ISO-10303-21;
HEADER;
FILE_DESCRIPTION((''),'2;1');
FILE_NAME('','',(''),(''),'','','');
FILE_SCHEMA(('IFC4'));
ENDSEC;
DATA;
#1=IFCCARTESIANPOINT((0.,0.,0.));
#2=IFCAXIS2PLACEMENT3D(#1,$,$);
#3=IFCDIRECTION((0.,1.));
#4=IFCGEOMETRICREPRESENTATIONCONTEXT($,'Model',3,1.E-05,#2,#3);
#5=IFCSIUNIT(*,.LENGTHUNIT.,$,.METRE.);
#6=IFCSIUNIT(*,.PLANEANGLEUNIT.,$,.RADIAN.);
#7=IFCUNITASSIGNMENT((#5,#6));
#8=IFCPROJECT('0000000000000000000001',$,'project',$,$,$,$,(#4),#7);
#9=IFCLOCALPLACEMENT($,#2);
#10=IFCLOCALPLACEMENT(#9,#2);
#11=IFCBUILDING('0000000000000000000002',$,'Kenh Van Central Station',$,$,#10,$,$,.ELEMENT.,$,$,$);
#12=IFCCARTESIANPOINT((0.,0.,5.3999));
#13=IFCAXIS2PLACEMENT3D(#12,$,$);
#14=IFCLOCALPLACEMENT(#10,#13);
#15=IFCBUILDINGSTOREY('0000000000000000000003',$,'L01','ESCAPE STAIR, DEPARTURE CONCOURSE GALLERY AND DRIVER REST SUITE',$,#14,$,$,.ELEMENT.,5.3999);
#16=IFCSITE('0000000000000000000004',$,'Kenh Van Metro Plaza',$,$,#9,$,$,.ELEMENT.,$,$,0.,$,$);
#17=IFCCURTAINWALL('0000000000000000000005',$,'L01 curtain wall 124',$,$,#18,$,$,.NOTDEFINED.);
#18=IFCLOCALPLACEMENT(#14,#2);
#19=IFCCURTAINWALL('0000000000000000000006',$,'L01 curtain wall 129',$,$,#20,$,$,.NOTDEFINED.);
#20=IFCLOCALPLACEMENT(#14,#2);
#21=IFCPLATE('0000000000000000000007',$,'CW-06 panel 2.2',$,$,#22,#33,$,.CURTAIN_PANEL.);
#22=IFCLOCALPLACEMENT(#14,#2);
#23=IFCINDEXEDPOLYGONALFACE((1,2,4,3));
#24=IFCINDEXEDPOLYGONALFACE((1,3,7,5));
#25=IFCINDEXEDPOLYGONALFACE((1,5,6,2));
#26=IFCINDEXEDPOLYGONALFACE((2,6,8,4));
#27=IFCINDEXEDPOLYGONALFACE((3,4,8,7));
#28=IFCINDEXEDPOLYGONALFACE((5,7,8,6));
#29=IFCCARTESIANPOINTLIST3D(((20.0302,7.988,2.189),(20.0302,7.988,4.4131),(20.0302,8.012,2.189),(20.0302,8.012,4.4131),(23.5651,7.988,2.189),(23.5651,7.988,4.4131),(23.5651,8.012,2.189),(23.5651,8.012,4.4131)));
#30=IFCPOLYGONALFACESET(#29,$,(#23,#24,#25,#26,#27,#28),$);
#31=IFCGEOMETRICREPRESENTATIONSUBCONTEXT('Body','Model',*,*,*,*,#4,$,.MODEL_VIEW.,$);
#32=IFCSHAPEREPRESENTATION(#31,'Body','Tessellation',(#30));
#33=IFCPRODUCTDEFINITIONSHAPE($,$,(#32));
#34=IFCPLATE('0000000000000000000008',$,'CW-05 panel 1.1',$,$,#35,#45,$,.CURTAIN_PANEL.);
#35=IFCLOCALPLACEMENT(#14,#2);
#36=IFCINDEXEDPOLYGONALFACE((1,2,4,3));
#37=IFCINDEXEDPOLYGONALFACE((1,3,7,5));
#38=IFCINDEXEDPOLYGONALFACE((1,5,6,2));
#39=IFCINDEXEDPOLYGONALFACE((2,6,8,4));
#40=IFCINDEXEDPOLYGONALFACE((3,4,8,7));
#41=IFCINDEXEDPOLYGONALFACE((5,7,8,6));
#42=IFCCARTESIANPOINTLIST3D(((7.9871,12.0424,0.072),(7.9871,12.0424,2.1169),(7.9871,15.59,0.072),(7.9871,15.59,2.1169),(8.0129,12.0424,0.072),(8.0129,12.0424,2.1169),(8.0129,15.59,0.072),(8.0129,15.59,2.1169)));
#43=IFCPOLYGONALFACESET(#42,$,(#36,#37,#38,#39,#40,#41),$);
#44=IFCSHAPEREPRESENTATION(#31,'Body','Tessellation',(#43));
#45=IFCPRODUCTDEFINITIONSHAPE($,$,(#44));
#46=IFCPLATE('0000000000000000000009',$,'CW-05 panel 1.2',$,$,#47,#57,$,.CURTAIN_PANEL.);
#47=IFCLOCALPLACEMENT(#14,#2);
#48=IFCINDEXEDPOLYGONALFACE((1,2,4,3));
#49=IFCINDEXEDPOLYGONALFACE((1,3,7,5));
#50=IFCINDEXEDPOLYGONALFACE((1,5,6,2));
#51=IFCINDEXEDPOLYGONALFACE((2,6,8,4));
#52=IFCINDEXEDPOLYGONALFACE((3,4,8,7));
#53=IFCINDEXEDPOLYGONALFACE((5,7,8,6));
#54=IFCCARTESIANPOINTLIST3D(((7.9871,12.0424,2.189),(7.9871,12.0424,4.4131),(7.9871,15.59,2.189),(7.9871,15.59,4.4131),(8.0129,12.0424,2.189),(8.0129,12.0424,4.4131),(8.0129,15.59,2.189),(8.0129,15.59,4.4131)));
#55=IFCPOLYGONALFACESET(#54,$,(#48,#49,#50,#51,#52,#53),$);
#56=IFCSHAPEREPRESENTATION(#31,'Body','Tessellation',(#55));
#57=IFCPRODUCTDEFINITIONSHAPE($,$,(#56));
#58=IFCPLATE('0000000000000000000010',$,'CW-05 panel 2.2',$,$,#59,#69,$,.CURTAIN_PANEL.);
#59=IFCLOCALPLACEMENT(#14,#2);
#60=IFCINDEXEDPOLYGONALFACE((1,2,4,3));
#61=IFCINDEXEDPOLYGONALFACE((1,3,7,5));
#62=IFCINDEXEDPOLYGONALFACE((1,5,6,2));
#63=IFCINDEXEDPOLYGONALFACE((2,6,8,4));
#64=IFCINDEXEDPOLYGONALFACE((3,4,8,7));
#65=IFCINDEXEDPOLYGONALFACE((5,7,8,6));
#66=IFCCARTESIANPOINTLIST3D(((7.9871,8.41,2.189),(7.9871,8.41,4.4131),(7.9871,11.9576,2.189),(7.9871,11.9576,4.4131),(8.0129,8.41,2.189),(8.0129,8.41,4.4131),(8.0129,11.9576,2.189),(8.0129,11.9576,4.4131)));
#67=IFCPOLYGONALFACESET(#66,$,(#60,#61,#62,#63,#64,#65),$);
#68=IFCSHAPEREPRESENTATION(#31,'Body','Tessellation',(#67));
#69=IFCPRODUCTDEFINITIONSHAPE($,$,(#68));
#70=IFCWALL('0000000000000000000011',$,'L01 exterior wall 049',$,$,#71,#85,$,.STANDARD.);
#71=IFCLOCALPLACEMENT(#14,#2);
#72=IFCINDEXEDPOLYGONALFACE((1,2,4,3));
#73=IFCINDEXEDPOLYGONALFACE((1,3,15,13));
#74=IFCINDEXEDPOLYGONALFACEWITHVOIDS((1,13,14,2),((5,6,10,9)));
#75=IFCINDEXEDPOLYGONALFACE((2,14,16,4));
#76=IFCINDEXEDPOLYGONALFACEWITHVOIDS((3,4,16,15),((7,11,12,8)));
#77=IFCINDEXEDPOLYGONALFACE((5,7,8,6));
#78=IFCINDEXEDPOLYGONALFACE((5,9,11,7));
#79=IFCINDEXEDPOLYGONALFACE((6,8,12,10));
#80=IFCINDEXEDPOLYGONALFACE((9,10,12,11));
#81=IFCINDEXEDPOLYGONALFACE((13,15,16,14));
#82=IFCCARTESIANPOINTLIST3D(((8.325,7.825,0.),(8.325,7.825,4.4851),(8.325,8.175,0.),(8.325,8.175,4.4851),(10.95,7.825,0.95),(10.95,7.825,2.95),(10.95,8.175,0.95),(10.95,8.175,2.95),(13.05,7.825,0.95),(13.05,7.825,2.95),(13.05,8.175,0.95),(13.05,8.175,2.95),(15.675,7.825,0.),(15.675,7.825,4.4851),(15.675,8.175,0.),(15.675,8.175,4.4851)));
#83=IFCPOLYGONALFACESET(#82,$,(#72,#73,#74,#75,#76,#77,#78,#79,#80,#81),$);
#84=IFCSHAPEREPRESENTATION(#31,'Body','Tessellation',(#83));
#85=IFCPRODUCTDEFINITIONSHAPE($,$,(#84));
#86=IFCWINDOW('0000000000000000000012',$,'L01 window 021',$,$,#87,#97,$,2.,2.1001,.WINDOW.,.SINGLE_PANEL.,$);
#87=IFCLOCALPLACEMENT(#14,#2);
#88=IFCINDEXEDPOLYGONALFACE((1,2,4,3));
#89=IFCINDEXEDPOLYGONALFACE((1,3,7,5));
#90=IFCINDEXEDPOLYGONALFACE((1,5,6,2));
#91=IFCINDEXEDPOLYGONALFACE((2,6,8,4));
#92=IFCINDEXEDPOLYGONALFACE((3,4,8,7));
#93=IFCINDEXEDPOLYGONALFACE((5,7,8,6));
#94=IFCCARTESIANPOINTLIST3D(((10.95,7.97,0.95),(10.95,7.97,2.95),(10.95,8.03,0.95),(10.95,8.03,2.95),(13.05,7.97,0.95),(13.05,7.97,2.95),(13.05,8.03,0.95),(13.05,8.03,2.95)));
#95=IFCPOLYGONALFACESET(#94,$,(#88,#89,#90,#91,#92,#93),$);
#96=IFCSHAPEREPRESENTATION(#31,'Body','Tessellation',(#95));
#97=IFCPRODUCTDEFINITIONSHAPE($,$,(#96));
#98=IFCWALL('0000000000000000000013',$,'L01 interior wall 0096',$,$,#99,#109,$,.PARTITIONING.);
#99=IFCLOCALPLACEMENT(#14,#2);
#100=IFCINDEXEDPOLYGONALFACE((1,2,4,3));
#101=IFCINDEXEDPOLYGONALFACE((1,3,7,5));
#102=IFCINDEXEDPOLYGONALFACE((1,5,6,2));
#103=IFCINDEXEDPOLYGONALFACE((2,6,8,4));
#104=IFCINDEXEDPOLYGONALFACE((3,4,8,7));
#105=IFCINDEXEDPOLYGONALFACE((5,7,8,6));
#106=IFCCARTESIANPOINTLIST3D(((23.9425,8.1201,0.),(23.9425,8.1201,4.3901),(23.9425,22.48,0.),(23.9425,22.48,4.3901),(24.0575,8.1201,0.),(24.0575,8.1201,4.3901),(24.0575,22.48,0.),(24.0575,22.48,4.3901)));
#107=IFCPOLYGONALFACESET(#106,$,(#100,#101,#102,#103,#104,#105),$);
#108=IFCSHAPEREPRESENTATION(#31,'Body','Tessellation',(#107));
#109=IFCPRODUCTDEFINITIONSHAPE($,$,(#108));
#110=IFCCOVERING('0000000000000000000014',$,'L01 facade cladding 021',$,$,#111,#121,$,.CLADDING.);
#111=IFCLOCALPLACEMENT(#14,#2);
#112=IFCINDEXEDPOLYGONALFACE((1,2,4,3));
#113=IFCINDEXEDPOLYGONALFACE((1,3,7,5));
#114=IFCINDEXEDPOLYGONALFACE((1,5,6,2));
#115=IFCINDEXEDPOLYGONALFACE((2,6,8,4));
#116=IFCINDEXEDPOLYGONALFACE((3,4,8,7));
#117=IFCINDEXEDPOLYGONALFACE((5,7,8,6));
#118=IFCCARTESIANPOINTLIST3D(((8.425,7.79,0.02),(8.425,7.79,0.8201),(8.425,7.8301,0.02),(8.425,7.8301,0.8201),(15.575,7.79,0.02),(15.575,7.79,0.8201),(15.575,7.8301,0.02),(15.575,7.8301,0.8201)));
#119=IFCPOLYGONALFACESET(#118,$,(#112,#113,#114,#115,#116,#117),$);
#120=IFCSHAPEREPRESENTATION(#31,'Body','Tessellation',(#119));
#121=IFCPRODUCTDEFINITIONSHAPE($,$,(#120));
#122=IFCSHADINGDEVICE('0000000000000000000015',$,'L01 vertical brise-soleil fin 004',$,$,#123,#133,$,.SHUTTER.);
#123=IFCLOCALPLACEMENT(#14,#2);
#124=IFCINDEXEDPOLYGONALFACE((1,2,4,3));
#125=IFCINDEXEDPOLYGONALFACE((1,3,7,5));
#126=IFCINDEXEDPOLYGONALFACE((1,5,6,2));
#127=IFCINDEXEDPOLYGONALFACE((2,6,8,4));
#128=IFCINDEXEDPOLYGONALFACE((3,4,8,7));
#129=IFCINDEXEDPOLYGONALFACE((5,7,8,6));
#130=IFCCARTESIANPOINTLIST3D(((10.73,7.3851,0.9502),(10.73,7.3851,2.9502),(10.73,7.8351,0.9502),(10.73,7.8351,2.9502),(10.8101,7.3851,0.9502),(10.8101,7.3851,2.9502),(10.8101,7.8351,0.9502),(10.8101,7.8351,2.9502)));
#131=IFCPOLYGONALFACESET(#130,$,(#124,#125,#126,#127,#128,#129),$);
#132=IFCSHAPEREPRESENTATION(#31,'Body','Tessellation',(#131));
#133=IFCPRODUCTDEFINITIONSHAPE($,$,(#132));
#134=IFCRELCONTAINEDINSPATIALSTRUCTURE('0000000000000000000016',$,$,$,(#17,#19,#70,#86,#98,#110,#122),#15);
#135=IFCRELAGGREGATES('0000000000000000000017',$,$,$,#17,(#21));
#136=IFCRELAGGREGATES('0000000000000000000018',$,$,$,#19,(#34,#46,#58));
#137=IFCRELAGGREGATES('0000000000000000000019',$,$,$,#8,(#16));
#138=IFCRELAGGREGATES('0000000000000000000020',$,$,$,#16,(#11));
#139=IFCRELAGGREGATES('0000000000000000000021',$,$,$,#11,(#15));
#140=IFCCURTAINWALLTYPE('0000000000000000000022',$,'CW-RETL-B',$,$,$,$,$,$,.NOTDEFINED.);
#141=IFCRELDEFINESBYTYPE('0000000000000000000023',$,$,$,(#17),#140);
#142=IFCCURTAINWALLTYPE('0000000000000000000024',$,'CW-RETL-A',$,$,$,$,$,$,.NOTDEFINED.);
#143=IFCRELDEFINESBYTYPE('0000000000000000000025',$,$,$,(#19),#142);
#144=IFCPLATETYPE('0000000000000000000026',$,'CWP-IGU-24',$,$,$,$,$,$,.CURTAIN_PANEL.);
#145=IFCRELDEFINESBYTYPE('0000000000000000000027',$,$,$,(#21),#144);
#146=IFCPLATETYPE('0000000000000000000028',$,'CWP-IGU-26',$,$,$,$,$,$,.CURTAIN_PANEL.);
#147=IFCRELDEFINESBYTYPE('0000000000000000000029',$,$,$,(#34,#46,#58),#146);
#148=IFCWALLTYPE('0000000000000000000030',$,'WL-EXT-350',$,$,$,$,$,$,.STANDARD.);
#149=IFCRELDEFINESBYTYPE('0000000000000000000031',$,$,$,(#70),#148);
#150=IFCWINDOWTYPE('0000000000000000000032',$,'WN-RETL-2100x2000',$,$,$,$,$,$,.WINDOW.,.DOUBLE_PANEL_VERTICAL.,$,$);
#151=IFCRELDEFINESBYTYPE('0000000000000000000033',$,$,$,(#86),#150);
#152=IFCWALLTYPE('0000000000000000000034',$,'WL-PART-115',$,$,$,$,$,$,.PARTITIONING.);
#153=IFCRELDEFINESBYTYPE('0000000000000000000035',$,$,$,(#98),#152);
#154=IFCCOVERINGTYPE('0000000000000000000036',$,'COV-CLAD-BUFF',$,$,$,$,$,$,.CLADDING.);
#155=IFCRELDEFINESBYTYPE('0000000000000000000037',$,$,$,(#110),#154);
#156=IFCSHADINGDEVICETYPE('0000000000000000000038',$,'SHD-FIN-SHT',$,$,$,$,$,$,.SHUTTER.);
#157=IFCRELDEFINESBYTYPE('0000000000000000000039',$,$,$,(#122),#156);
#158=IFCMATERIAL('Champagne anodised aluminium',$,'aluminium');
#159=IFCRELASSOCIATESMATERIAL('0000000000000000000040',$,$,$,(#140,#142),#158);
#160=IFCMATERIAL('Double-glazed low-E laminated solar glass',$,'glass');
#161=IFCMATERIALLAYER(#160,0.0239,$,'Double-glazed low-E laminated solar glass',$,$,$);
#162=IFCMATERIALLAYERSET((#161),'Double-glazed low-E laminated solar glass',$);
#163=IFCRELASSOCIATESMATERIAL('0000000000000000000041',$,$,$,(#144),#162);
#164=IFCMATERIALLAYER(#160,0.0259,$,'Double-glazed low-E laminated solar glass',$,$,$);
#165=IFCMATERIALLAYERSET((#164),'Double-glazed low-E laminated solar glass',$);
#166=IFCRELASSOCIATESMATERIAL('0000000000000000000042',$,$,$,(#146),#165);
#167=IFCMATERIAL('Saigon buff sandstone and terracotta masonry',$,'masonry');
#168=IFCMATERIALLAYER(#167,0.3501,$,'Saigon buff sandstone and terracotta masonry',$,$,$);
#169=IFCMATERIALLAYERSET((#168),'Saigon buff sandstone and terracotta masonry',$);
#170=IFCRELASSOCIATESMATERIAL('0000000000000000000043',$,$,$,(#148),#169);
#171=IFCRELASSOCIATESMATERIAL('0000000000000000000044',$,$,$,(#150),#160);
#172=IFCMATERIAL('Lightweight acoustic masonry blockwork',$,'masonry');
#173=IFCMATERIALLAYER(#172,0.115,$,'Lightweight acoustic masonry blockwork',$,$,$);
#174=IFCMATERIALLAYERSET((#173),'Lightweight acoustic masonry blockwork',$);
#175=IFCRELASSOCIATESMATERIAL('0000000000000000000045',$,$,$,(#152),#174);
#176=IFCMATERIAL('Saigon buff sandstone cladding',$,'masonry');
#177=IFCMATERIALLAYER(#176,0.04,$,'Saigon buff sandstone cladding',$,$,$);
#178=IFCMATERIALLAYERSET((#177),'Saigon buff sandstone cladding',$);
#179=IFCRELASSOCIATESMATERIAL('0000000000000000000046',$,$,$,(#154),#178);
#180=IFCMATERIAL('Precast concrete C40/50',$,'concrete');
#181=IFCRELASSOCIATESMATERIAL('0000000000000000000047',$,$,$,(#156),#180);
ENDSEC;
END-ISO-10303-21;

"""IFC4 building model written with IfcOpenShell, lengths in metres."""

from ifc_helpers import new_model, si_unit, direction, frame, frame_2d, origin, origin_2d, place, context, subcontext, project, spatial, rectangle, extrude, material, layer, layer_set, type_object, element, fill, aggregate, save


model = new_model("IFC4")

# Units and contexts
model_context = context("Model", 3, precision=1e-05, world=origin(), true_north=direction((0.0, 1.0)))
body_context = subcontext(model_context, "Body", "Model", "MODEL_VIEW")
ifc_project = project(units=[si_unit("LENGTHUNIT", "METRE"), si_unit("PLANEANGLEUNIT", "RADIAN")], contexts=[model_context])

# Site, building, storey
site_placement = place(None, origin())
site = spatial("IfcSite", under=ifc_project, at=site_placement, Name="Kenh Van Metro Plaza", CompositionType="ELEMENT", RefElevation=0.0)
building_placement = place(site_placement, origin())
building = spatial("IfcBuilding", under=site, at=building_placement, Name="Kenh Van Central Station", CompositionType="ELEMENT")
storey_placement = place(building_placement, frame((0.0, 0.0, 5.3999)))
storey = spatial("IfcBuildingStorey", under=building, at=storey_placement, Name="L01", Description="ESCAPE STAIR, DEPARTURE CONCOURSE GALLERY AND DRIVER REST SUITE", CompositionType="ELEMENT", Elevation=5.3999)

# Curtain walls
ifc_material_1 = material(Name="Champagne anodised aluminium", Category="aluminium")
curtain_wall_type_1 = type_object("IfcCurtainWallType", Name="CW-RETL-B", PredefinedType="NOTDEFINED", material=ifc_material_1)
curtain_wall_1_placement = place(storey_placement, origin())
curtain_wall_1 = element("IfcCurtainWall", 1, at=curtain_wall_1_placement, inside=storey, type_object=curtain_wall_type_1, Name="L01 curtain wall 124", PredefinedType="NOTDEFINED")
curtain_wall_type_2 = type_object("IfcCurtainWallType", Name="CW-RETL-A", PredefinedType="NOTDEFINED", material=ifc_material_1)
curtain_wall_2_placement = place(storey_placement, origin())
curtain_wall_2 = element("IfcCurtainWall", 2, at=curtain_wall_2_placement, inside=storey, type_object=curtain_wall_type_2, Name="L01 curtain wall 129", PredefinedType="NOTDEFINED")

# Plates
ifc_material_2 = material(Name="Double-glazed low-E laminated solar glass", Category="glass")
ifc_layer_1 = layer(ifc_material_2, 0.0239, Name="Double-glazed low-E laminated solar glass")
ifc_layer_set_1 = layer_set([ifc_layer_1], Name="Double-glazed low-E laminated solar glass")
plate_type_1 = type_object("IfcPlateType", Name="CWP-IGU-24", PredefinedType="CURTAIN_PANEL", material=ifc_layer_set_1)
plate_1_placement = place(storey_placement, frame((21.7976, 8.0, 2.189), z_axis=(0.0, 0.0, 1.0), x_axis=(1.0, 0.0, 0.0)))
plate_1 = element("IfcPlate", 3, at=plate_1_placement, type_object=plate_type_1, Name="CW-06 panel 2.2", PredefinedType="CURTAIN_PANEL", context=body_context, shape_type="SweptSolid", body=[
    extrude(rectangle(XDim=3.5349, YDim=0.0239, at=origin_2d()), origin(), (0.0, 0.0, 1.0), 2.2241),
])
aggregate(curtain_wall_1, [plate_1])
ifc_layer_2 = layer(ifc_material_2, 0.0259, Name="Double-glazed low-E laminated solar glass")
ifc_layer_set_2 = layer_set([ifc_layer_2], Name="Double-glazed low-E laminated solar glass")
plate_type_2 = type_object("IfcPlateType", Name="CWP-IGU-26", PredefinedType="CURTAIN_PANEL", material=ifc_layer_set_2)
plate_2_placement = place(storey_placement, frame((8.0, 13.8162, 0.072), z_axis=(0.0, 0.0, 1.0), x_axis=(0.0, -1.0, 0.0)))
plate_2 = element("IfcPlate", 4, at=plate_2_placement, type_object=plate_type_2, Name="CW-05 panel 1.1", PredefinedType="CURTAIN_PANEL", context=body_context, shape_type="SweptSolid", body=[
    extrude(rectangle(XDim=3.5476, YDim=0.0259, at=origin_2d()), origin(), (0.0, 0.0, 1.0), 2.0449),
])
plate_3_placement = place(storey_placement, frame((8.0, 13.8162, 2.189), z_axis=(0.0, 0.0, 1.0), x_axis=(0.0, -1.0, 0.0)))
plate_3 = element("IfcPlate", 5, at=plate_3_placement, type_object=plate_type_2, Name="CW-05 panel 1.2", PredefinedType="CURTAIN_PANEL", context=body_context, shape_type="SweptSolid", body=[
    extrude(rectangle(XDim=3.5476, YDim=0.0259, at=origin_2d()), origin(), (0.0, 0.0, 1.0), 2.2241),
])
plate_4_placement = place(storey_placement, frame((8.0, 10.1838, 2.189), z_axis=(0.0, 0.0, 1.0), x_axis=(0.0, -1.0, 0.0)))
plate_4 = element("IfcPlate", 6, at=plate_4_placement, type_object=plate_type_2, Name="CW-05 panel 2.2", PredefinedType="CURTAIN_PANEL", context=body_context, shape_type="SweptSolid", body=[
    extrude(rectangle(XDim=3.5476, YDim=0.0259, at=origin_2d()), origin(), (0.0, 0.0, 1.0), 2.2241),
])
aggregate(curtain_wall_2, [plate_2, plate_3, plate_4])

# Wall, opening, window
ifc_material_3 = material(Name="Saigon buff sandstone and terracotta masonry", Category="masonry")
ifc_layer_3 = layer(ifc_material_3, 0.3501, Name="Saigon buff sandstone and terracotta masonry")
ifc_layer_set_3 = layer_set([ifc_layer_3], Name="Saigon buff sandstone and terracotta masonry")
wall_type_1 = type_object("IfcWallType", Name="WL-EXT-350", PredefinedType="STANDARD", material=ifc_layer_set_3)
wall_1_placement = place(storey_placement, frame((8.325, 8.0, 0.0), z_axis=(0.0, 0.0, 1.0), x_axis=(1.0, 0.0, 0.0)))
wall_1 = element("IfcWall", 7, at=wall_1_placement, inside=storey, type_object=wall_type_1, Name="L01 exterior wall 049", PredefinedType="STANDARD", context=body_context, shape_type="SweptSolid", body=[
    extrude(rectangle(XDim=7.3501, YDim=0.3501, at=frame_2d((3.675, 0.0))), origin(), (0.0, 0.0, 1.0), 4.4851),
])
opening_placement = place(wall_1_placement, frame((2.625, 0.0, 0.95)))
opening = element("IfcOpeningElement", 8, at=opening_placement, cuts=wall_1, PredefinedType="OPENING", context=body_context, shape_type="SweptSolid", body=[
    extrude(rectangle(XDim=2.1001, YDim=2.0, at=frame_2d((1.05, 1.0))), frame((0.0, 0.1851, 0.0), z_axis=(0.0, -1.0, 0.0), x_axis=(1.0, 0.0, 0.0)), (0.0, 0.0, 1.0), 0.3701),
])
window_type = type_object("IfcWindowType", Name="WN-RETL-2100x2000", PartitioningType="DOUBLE_PANEL_VERTICAL", PredefinedType="WINDOW", material=ifc_material_2)
window_placement = place(opening_placement, origin())
window = element("IfcWindow", 9, at=window_placement, inside=storey, type_object=window_type, Name="L01 window 021", OverallHeight=2.0, OverallWidth=2.1001, PartitioningType="SINGLE_PANEL", PredefinedType="WINDOW", context=body_context, shape_type="SweptSolid", body=[
    extrude(rectangle(XDim=2.1001, YDim=2.0, at=frame_2d((1.05, 1.0))), frame((0.0, 0.03, 0.0), z_axis=(0.0, -1.0, 0.0), x_axis=(1.0, 0.0, 0.0)), (0.0, 0.0, 1.0), 0.0601),
])
fill(opening, window)

# Wall
ifc_material_4 = material(Name="Lightweight acoustic masonry blockwork", Category="masonry")
ifc_layer_4 = layer(ifc_material_4, 0.115, Name="Lightweight acoustic masonry blockwork")
ifc_layer_set_4 = layer_set([ifc_layer_4], Name="Lightweight acoustic masonry blockwork")
wall_type_2 = type_object("IfcWallType", Name="WL-PART-115", PredefinedType="PARTITIONING", material=ifc_layer_set_4)
wall_2_placement = place(storey_placement, frame((24.0, 8.1201, 0.0), z_axis=(0.0, 0.0, 1.0), x_axis=(0.0, 1.0, 0.0)))
element("IfcWall", 10, at=wall_2_placement, inside=storey, type_object=wall_type_2, Name="L01 interior wall 0096", PredefinedType="PARTITIONING", context=body_context, shape_type="SweptSolid", body=[
    extrude(rectangle(XDim=14.3599, YDim=0.115, at=frame_2d((7.1799, 0.0))), origin(), (0.0, 0.0, 1.0), 4.3901),
])

# Covering
ifc_material_5 = material(Name="Saigon buff sandstone cladding", Category="masonry")
ifc_layer_5 = layer(ifc_material_5, 0.04, Name="Saigon buff sandstone cladding")
ifc_layer_set_5 = layer_set([ifc_layer_5], Name="Saigon buff sandstone cladding")
covering_type = type_object("IfcCoveringType", Name="COV-CLAD-BUFF", PredefinedType="CLADDING", material=ifc_layer_set_5)
covering_placement = place(storey_placement, frame((12.0, 7.8101, 0.02), z_axis=(0.0, 0.0, 1.0), x_axis=(1.0, 0.0, 0.0)))
element("IfcCovering", 11, at=covering_placement, inside=storey, type_object=covering_type, Name="L01 facade cladding 021", PredefinedType="CLADDING", context=body_context, shape_type="SweptSolid", body=[
    extrude(rectangle(XDim=7.1499, YDim=0.04, at=origin_2d()), origin(), (0.0, 0.0, 1.0), 0.8),
])

# Shading device
ifc_material_6 = material(Name="Precast concrete C40/50", Category="concrete")
shading_device_type = type_object("IfcShadingDeviceType", Name="SHD-FIN-SHT", PredefinedType="SHUTTER", material=ifc_material_6)
shading_device_placement = place(storey_placement, frame((10.77, 7.6101, 0.9502), z_axis=(0.0, 0.0, 1.0), x_axis=(0.0, -1.0, 0.0)))
element("IfcShadingDevice", 12, at=shading_device_placement, inside=storey, type_object=shading_device_type, Name="L01 vertical brise-soleil fin 004", PredefinedType="SHUTTER", context=body_context, shape_type="SweptSolid", body=[
    extrude(rectangle(XDim=0.45, YDim=0.0801, at=origin_2d()), origin(), (0.0, 0.0, 1.0), 2.0),
])

save(model, "model.ifc")
